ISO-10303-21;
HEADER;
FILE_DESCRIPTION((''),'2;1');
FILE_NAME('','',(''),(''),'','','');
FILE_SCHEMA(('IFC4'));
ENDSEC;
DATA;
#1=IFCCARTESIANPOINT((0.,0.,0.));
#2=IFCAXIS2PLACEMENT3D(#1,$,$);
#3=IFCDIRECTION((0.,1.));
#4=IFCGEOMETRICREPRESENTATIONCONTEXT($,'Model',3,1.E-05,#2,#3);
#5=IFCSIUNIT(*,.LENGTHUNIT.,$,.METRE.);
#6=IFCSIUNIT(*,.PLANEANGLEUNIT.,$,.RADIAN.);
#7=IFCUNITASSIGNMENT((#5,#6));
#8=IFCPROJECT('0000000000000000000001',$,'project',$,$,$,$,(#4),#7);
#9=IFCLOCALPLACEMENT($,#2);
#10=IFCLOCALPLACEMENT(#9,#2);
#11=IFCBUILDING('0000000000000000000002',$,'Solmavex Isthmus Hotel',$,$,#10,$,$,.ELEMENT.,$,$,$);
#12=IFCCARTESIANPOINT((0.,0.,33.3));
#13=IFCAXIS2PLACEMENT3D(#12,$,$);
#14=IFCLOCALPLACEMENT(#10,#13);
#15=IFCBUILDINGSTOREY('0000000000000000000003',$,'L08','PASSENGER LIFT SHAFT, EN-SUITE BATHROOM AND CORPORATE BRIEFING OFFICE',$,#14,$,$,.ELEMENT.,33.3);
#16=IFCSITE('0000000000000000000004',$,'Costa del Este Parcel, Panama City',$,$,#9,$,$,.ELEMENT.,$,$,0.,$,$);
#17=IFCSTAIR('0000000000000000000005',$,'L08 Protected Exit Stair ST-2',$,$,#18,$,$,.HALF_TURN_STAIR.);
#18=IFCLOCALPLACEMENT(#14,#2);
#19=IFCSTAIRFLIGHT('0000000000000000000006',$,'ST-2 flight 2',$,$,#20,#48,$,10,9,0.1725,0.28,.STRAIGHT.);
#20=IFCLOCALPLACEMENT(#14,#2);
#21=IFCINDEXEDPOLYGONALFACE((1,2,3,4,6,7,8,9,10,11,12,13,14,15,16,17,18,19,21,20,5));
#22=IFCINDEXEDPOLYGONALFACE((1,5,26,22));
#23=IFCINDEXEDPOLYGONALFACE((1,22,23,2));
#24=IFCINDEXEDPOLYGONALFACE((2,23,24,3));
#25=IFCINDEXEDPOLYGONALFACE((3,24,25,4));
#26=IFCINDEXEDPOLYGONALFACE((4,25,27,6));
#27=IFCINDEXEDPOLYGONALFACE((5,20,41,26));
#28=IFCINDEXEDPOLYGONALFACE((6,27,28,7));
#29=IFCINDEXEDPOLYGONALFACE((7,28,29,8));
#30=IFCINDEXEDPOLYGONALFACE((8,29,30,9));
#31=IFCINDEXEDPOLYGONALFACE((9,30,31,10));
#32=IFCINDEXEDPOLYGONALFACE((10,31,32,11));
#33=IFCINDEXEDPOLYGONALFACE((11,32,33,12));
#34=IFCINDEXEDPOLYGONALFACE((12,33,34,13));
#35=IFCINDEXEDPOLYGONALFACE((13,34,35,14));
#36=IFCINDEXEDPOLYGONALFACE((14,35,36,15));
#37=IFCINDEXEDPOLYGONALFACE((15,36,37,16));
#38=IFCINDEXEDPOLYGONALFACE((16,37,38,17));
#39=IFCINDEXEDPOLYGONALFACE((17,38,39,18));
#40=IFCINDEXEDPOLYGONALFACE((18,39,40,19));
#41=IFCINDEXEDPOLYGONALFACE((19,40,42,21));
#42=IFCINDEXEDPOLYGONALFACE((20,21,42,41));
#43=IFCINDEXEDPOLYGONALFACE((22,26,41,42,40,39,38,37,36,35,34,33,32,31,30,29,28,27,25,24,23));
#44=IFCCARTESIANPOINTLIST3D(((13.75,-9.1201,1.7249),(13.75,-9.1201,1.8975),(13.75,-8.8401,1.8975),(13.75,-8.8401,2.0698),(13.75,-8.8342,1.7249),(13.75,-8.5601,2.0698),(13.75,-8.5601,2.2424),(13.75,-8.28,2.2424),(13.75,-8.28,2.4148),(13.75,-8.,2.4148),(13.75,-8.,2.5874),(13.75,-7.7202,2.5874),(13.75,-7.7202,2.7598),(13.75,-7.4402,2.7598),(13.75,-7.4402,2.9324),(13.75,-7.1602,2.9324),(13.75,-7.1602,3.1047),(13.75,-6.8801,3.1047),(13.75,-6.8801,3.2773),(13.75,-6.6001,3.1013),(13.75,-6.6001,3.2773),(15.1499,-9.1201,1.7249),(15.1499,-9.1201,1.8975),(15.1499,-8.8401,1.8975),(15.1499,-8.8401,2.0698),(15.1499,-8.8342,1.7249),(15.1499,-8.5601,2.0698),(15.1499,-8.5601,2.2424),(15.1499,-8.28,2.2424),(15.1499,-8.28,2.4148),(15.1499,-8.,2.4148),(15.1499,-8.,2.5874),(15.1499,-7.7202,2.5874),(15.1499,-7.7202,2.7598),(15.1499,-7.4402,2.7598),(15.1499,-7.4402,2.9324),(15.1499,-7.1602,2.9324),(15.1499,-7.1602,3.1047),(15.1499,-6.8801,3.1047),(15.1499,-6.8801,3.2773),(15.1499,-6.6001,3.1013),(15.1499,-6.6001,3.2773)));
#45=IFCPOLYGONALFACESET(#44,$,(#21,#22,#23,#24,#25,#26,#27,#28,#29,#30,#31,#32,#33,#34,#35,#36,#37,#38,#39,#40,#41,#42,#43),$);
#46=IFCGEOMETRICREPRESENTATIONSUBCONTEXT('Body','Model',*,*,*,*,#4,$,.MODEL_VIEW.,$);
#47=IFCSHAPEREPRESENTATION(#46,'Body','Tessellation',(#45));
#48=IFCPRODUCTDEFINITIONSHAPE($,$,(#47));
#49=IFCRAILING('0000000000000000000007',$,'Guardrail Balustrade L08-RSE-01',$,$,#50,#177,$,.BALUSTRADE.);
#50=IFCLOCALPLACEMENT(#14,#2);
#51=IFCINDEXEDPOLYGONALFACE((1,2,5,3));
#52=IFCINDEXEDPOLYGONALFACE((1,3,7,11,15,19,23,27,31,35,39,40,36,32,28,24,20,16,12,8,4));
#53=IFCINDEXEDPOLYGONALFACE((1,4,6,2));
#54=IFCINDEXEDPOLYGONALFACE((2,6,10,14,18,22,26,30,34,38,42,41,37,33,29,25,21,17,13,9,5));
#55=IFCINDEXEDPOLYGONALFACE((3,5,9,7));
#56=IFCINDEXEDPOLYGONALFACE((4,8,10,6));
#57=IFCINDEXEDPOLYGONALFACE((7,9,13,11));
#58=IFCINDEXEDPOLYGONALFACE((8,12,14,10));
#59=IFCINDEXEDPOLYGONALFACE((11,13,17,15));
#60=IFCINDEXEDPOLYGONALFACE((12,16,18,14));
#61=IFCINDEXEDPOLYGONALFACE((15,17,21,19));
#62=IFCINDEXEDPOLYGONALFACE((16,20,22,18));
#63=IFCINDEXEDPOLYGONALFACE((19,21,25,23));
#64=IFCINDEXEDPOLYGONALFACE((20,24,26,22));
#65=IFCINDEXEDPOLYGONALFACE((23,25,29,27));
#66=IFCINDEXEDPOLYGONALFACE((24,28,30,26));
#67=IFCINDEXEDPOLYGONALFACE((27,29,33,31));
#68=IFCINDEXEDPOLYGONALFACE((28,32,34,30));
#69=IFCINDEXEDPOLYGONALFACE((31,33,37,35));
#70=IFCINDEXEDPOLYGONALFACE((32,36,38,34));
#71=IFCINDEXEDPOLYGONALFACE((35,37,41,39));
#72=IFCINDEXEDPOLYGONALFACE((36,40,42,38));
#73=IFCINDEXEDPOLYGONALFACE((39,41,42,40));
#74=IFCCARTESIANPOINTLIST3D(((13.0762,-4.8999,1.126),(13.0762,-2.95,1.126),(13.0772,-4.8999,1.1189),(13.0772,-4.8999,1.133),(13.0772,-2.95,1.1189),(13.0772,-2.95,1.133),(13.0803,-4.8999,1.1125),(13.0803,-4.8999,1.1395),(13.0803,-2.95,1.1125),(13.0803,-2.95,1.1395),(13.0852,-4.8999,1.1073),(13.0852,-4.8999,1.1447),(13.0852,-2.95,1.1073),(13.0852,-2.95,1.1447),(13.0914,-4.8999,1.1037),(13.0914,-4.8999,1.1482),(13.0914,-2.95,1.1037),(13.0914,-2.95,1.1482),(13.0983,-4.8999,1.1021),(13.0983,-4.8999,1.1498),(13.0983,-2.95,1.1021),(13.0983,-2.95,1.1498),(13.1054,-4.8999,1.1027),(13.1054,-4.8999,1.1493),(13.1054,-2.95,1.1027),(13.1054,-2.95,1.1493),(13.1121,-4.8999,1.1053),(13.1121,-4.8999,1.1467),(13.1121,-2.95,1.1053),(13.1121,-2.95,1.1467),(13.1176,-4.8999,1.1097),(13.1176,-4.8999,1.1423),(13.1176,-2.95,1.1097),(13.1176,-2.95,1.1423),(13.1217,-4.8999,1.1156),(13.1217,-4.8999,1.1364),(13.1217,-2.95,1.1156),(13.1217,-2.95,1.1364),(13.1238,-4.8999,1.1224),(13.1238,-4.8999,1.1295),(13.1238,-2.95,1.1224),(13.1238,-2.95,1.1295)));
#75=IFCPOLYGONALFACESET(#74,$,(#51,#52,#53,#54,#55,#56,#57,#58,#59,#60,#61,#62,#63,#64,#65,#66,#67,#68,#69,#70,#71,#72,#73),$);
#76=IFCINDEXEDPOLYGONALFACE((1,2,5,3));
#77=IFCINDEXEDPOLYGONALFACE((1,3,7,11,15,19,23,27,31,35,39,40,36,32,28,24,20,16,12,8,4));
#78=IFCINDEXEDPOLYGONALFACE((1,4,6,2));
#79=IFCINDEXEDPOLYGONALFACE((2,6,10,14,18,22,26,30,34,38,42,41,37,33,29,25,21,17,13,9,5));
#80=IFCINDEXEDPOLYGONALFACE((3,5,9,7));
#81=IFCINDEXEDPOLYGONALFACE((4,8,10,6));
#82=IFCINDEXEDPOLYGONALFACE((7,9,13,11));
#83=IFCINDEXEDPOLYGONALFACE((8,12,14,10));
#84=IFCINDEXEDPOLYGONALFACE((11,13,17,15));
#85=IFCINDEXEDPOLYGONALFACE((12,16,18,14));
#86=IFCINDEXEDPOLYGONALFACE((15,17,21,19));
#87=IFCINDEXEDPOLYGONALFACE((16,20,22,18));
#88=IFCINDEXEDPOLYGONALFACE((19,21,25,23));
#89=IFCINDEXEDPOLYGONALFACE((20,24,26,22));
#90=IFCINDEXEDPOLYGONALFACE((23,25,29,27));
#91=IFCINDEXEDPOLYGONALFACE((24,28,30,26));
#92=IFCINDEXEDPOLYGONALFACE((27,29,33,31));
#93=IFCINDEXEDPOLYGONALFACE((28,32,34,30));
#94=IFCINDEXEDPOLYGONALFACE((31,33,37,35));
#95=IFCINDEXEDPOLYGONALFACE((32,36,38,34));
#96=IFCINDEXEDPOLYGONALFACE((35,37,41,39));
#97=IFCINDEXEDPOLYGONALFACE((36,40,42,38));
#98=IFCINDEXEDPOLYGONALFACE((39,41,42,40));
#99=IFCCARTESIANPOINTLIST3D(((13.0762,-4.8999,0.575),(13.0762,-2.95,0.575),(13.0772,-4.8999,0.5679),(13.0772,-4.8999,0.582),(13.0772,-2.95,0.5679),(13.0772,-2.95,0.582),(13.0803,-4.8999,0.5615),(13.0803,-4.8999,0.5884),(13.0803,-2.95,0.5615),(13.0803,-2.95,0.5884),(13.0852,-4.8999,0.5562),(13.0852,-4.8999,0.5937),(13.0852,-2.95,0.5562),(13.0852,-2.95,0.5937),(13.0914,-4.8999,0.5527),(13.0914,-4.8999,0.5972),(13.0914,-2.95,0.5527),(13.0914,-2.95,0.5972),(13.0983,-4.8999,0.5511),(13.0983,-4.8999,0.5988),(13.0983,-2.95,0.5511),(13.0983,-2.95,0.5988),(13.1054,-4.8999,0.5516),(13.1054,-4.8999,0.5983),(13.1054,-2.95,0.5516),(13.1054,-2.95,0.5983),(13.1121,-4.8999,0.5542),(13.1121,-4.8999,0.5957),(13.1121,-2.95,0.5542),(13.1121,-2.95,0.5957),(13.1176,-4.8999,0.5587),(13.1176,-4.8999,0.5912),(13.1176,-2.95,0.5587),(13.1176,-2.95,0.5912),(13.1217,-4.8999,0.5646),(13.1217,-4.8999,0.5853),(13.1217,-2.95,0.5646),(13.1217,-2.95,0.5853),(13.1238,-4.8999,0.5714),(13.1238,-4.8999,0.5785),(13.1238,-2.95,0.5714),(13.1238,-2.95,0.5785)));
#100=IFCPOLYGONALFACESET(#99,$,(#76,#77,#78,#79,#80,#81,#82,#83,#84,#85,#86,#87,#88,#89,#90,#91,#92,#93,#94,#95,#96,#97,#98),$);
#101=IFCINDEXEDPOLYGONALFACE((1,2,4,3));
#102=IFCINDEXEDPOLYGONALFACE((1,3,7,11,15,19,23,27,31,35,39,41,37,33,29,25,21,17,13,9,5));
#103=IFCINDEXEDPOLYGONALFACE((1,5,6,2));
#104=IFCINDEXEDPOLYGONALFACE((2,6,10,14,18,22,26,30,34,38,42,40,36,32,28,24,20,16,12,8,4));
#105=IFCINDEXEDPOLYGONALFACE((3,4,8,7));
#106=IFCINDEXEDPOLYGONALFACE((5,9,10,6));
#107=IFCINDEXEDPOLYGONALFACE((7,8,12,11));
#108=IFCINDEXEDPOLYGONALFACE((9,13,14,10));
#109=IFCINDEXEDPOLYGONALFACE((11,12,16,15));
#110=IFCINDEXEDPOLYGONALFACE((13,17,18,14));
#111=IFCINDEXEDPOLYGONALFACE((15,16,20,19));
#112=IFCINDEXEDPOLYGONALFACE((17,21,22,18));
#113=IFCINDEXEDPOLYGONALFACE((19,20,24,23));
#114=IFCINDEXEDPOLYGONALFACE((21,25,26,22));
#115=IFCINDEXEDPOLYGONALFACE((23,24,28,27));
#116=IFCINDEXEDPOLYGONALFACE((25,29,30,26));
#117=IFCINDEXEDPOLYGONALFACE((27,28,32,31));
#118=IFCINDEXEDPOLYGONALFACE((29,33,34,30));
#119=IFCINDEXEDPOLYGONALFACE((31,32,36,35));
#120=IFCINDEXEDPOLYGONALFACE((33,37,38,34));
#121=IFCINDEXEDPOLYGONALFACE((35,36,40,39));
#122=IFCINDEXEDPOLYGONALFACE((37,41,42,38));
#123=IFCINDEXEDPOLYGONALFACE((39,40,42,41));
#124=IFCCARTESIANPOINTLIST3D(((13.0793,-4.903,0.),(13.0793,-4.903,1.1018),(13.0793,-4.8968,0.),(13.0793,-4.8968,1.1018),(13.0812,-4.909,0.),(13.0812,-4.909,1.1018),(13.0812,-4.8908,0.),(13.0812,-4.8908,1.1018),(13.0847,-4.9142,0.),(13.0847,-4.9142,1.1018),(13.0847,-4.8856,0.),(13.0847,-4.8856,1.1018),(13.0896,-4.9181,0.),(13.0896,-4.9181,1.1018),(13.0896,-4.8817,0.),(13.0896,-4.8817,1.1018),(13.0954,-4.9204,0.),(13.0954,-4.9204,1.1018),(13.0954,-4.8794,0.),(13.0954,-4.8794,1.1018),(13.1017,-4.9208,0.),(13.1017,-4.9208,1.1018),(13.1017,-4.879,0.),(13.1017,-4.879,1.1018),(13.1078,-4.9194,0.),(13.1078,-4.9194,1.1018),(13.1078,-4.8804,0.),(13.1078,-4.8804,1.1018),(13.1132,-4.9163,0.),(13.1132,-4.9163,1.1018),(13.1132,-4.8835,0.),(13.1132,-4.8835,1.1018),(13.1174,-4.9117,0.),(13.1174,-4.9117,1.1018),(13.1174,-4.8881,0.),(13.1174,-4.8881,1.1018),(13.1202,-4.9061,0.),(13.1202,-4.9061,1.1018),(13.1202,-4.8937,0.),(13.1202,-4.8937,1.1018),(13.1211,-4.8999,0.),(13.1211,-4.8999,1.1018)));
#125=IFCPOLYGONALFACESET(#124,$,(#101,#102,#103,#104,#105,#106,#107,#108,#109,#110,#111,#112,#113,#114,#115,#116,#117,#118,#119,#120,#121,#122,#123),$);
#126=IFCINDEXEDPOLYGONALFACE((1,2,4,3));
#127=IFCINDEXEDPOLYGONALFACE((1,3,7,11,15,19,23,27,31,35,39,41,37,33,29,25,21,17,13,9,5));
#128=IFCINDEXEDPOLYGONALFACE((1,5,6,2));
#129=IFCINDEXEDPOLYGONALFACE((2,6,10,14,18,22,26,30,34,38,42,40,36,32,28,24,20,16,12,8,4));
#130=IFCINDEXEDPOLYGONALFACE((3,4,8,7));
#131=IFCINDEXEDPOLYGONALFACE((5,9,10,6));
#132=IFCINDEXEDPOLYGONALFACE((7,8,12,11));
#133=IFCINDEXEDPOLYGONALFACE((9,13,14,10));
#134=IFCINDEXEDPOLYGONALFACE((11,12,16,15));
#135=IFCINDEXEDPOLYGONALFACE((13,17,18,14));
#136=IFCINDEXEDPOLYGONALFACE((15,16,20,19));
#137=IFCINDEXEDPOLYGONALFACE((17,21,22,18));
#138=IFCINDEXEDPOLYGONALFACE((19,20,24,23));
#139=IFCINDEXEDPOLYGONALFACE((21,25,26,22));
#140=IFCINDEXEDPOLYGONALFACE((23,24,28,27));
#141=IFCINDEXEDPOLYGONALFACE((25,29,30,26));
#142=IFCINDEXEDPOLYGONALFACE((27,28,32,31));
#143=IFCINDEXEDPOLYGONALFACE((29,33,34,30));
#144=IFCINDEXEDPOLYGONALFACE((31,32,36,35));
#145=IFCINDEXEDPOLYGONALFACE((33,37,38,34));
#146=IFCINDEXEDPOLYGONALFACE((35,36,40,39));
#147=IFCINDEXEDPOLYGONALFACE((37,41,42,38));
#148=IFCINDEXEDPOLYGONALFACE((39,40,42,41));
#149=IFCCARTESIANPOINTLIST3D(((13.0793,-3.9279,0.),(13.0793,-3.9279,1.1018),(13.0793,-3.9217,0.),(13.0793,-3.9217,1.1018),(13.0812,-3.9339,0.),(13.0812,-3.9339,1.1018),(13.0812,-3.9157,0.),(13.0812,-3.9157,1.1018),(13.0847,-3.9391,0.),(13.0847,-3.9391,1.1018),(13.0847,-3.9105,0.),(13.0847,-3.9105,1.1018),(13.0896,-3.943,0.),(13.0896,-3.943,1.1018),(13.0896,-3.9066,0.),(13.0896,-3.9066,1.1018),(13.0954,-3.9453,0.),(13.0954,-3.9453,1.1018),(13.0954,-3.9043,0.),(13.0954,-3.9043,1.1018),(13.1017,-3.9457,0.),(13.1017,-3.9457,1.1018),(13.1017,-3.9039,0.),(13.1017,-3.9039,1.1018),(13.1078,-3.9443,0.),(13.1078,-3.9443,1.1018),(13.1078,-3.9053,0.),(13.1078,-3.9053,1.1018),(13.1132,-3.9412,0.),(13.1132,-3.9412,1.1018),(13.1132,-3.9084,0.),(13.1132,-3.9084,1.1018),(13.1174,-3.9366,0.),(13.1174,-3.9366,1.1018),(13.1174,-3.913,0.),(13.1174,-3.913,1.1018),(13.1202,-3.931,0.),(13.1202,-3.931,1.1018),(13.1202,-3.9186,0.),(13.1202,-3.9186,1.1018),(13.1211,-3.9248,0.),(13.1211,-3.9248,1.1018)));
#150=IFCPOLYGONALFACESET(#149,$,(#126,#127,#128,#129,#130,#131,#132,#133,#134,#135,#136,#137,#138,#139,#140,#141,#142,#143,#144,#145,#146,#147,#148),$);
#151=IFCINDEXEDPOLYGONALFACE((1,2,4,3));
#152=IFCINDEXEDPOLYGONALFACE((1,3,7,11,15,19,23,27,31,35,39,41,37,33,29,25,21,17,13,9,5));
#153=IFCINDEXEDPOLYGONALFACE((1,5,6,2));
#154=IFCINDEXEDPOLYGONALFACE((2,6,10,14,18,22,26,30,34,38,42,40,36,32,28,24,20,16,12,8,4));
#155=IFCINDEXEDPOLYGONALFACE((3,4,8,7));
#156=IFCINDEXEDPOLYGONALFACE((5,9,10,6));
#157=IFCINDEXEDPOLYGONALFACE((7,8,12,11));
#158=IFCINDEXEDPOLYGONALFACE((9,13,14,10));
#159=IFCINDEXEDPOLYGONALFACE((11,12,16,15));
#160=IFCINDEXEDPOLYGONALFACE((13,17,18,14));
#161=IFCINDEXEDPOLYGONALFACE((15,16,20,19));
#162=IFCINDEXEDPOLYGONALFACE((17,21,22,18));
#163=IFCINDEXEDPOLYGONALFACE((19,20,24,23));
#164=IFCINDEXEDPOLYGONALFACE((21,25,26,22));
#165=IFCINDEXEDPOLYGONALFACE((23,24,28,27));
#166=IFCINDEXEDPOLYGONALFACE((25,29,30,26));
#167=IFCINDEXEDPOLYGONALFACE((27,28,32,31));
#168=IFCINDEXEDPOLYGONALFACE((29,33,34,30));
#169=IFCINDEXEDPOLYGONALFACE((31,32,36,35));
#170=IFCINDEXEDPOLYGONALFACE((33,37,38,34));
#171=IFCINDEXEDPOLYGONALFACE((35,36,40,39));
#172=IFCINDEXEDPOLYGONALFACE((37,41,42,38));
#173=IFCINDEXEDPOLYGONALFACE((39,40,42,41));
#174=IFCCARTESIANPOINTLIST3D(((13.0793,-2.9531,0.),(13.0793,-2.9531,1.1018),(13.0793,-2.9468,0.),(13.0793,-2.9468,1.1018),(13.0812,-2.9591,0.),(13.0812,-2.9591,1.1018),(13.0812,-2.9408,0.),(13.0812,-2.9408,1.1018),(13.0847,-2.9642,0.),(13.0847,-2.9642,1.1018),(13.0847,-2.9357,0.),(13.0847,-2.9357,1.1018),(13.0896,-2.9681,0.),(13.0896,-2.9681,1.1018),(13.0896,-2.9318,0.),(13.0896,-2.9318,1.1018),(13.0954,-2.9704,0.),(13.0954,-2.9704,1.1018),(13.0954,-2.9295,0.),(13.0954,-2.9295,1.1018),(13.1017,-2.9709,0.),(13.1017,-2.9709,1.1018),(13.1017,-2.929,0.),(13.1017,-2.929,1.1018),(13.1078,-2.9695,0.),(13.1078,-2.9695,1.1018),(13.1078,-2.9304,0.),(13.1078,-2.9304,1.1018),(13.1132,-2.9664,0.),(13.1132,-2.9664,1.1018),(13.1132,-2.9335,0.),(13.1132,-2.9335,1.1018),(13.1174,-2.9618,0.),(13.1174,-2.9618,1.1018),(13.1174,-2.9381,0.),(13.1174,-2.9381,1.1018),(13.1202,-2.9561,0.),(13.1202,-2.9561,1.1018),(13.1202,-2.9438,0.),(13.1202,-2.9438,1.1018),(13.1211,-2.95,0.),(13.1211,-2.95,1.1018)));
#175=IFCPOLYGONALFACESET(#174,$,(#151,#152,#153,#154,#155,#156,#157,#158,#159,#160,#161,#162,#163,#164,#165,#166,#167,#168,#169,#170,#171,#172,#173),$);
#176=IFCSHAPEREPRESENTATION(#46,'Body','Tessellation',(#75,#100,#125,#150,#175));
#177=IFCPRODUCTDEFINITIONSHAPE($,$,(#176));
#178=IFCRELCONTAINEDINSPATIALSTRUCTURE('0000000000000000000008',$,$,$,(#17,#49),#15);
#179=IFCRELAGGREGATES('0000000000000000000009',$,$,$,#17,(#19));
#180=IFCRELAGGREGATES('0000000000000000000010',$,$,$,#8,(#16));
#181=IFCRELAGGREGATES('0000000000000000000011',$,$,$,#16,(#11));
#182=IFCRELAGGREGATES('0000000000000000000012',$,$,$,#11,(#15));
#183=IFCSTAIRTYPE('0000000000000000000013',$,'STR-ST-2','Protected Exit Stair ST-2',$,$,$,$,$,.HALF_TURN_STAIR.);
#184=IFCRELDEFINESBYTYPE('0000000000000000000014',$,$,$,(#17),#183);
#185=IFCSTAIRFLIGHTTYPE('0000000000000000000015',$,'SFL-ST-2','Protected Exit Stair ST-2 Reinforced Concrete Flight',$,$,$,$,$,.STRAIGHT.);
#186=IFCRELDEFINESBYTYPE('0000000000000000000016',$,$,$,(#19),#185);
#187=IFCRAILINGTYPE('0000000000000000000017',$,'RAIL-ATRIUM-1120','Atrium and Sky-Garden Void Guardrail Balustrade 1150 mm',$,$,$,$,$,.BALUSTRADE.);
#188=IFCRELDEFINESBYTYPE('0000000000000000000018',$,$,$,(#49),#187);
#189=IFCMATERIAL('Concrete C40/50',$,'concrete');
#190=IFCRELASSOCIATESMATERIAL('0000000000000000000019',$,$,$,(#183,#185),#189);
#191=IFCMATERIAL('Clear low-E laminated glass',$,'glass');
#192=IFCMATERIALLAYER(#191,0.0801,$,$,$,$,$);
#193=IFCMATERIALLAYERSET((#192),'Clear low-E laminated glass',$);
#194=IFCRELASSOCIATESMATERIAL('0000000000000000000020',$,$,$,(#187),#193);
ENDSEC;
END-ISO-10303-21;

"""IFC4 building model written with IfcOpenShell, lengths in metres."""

from ifc_helpers import new_model, si_unit, direction, frame, origin, origin_2d, place, context, subcontext, project, spatial, polyline, circle, outline, extrude, material, layer, layer_set, type_object, element, aggregate, save


model = new_model("IFC4")

# Units and contexts
model_context = context("Model", 3, precision=1e-05, world=origin(), true_north=direction((0.0, 1.0)))
body_context = subcontext(model_context, "Body", "Model", "MODEL_VIEW")
ifc_project = project(units=[si_unit("LENGTHUNIT", "METRE"), si_unit("PLANEANGLEUNIT", "RADIAN")], contexts=[model_context])

# Site, building, storey
site_placement = place(None, origin())
site = spatial("IfcSite", under=ifc_project, at=site_placement, Name="Costa del Este Parcel, Panama City", CompositionType="ELEMENT", RefElevation=0.0)
building_placement = place(site_placement, origin())
building = spatial("IfcBuilding", under=site, at=building_placement, Name="Solmavex Isthmus Hotel", CompositionType="ELEMENT")
storey_placement = place(building_placement, frame((0.0, 0.0, 33.3)))
storey = spatial("IfcBuildingStorey", under=building, at=storey_placement, Name="L08", Description="PASSENGER LIFT SHAFT, EN-SUITE BATHROOM AND CORPORATE BRIEFING OFFICE", CompositionType="ELEMENT", Elevation=33.3)

# Shared definitions
ifc_material_1 = material(Name="Concrete C40/50", Category="concrete")

# Stair, stair flight
stair_type = type_object("IfcStairType", Name="STR-ST-2", Description="Protected Exit Stair ST-2", PredefinedType="HALF_TURN_STAIR", material=ifc_material_1)
stair_placement = place(storey_placement, origin())
stair = element("IfcStair", 1, at=stair_placement, inside=storey, type_object=stair_type, Name="L08 Protected Exit Stair ST-2", PredefinedType="HALF_TURN_STAIR")
stair_flight_type = type_object("IfcStairFlightType", Name="SFL-ST-2", Description="Protected Exit Stair ST-2 Reinforced Concrete Flight", PredefinedType="STRAIGHT", material=ifc_material_1)
stair_flight_1_placement = place(storey_placement, frame((14.45, -9.1201, 1.7249), z_axis=(0.0, 0.0, 1.0), x_axis=(0.0, 1.0, 0.0)))
stair_flight_1 = element("IfcStairFlight", 2, at=stair_flight_1_placement, type_object=stair_flight_type, Name="ST-2 flight 2", NumberOfRisers=10, NumberOfTreads=9, PredefinedType="STRAIGHT", RiserHeight=0.1725, TreadLength=0.28, context=body_context, shape_type="SweptSolid", body=[
    extrude(outline(polyline([(0.0, 0.0), (0.0, 0.1726), (0.28, 0.1726), (0.28, 0.345), (0.5601, 0.345), (0.5601, 0.5176), (0.8401, 0.5176), (0.8401, 0.6899), (1.1201, 0.6899), (1.1201, 0.8625), (1.3999, 0.8625), (1.3999, 1.0349), (1.6799, 1.0349), (1.6799, 1.2075), (1.96, 1.2075), (1.96, 1.3799), (2.24, 1.3799), (2.24, 1.5525), (2.52, 1.5525), (2.52, 1.7251), (2.52, 1.3765), (0.2859, 0.0), (0.0, 0.0)])), frame((0.0, 0.7, 0.0), z_axis=(0.0, -1.0, 0.0), x_axis=(1.0, 0.0, 0.0)), (0.0, 0.0, 1.0), 1.3999),
])
aggregate(stair, [stair_flight_1])

# Railing
ifc_material_2 = material(Name="Clear low-E laminated glass", Category="glass")
ifc_layer_1 = layer(ifc_material_2, 0.0801)
ifc_layer_set_1 = layer_set([ifc_layer_1], Name="Clear low-E laminated glass")
railing_type_1 = type_object("IfcRailingType", Name="RAIL-ATRIUM-1120", Description="Atrium and Sky-Garden Void Guardrail Balustrade 1150 mm", PredefinedType="BALUSTRADE", material=ifc_layer_set_1)
railing_1_placement = place(storey_placement, frame((13.1001, -4.8999, 0.0)))
element("IfcRailing", 3, at=railing_1_placement, inside=storey, type_object=railing_type_1, Name="Guardrail Balustrade L08-RSE-01", PredefinedType="BALUSTRADE", context=body_context, shape_type="SweptSolid", body=[
    extrude(circle(Radius=0.0239, at=origin_2d()), frame((0.0, 0.0, 1.126), z_axis=(0.0, 1.0, 0.0), x_axis=(-1.0, 0.0, 0.0)), (0.0, 0.0, 1.0), 1.95),
    extrude(circle(Radius=0.0239, at=origin_2d()), frame((0.0, 0.0, 0.575), z_axis=(0.0, 1.0, 0.0), x_axis=(-1.0, 0.0, 0.0)), (0.0, 0.0, 1.0), 1.95),
    extrude(circle(Radius=0.021, at=origin_2d()), origin(), (0.0, 0.0, 1.0), 1.1018),
    extrude(circle(Radius=0.021, at=origin_2d()), frame((0.0, 0.9751, 0.0)), (0.0, 0.0, 1.0), 1.1018),
    extrude(circle(Radius=0.021, at=origin_2d()), frame((0.0, 1.95, 0.0)), (0.0, 0.0, 1.0), 1.1018),
])

save(model, "model.ifc")
